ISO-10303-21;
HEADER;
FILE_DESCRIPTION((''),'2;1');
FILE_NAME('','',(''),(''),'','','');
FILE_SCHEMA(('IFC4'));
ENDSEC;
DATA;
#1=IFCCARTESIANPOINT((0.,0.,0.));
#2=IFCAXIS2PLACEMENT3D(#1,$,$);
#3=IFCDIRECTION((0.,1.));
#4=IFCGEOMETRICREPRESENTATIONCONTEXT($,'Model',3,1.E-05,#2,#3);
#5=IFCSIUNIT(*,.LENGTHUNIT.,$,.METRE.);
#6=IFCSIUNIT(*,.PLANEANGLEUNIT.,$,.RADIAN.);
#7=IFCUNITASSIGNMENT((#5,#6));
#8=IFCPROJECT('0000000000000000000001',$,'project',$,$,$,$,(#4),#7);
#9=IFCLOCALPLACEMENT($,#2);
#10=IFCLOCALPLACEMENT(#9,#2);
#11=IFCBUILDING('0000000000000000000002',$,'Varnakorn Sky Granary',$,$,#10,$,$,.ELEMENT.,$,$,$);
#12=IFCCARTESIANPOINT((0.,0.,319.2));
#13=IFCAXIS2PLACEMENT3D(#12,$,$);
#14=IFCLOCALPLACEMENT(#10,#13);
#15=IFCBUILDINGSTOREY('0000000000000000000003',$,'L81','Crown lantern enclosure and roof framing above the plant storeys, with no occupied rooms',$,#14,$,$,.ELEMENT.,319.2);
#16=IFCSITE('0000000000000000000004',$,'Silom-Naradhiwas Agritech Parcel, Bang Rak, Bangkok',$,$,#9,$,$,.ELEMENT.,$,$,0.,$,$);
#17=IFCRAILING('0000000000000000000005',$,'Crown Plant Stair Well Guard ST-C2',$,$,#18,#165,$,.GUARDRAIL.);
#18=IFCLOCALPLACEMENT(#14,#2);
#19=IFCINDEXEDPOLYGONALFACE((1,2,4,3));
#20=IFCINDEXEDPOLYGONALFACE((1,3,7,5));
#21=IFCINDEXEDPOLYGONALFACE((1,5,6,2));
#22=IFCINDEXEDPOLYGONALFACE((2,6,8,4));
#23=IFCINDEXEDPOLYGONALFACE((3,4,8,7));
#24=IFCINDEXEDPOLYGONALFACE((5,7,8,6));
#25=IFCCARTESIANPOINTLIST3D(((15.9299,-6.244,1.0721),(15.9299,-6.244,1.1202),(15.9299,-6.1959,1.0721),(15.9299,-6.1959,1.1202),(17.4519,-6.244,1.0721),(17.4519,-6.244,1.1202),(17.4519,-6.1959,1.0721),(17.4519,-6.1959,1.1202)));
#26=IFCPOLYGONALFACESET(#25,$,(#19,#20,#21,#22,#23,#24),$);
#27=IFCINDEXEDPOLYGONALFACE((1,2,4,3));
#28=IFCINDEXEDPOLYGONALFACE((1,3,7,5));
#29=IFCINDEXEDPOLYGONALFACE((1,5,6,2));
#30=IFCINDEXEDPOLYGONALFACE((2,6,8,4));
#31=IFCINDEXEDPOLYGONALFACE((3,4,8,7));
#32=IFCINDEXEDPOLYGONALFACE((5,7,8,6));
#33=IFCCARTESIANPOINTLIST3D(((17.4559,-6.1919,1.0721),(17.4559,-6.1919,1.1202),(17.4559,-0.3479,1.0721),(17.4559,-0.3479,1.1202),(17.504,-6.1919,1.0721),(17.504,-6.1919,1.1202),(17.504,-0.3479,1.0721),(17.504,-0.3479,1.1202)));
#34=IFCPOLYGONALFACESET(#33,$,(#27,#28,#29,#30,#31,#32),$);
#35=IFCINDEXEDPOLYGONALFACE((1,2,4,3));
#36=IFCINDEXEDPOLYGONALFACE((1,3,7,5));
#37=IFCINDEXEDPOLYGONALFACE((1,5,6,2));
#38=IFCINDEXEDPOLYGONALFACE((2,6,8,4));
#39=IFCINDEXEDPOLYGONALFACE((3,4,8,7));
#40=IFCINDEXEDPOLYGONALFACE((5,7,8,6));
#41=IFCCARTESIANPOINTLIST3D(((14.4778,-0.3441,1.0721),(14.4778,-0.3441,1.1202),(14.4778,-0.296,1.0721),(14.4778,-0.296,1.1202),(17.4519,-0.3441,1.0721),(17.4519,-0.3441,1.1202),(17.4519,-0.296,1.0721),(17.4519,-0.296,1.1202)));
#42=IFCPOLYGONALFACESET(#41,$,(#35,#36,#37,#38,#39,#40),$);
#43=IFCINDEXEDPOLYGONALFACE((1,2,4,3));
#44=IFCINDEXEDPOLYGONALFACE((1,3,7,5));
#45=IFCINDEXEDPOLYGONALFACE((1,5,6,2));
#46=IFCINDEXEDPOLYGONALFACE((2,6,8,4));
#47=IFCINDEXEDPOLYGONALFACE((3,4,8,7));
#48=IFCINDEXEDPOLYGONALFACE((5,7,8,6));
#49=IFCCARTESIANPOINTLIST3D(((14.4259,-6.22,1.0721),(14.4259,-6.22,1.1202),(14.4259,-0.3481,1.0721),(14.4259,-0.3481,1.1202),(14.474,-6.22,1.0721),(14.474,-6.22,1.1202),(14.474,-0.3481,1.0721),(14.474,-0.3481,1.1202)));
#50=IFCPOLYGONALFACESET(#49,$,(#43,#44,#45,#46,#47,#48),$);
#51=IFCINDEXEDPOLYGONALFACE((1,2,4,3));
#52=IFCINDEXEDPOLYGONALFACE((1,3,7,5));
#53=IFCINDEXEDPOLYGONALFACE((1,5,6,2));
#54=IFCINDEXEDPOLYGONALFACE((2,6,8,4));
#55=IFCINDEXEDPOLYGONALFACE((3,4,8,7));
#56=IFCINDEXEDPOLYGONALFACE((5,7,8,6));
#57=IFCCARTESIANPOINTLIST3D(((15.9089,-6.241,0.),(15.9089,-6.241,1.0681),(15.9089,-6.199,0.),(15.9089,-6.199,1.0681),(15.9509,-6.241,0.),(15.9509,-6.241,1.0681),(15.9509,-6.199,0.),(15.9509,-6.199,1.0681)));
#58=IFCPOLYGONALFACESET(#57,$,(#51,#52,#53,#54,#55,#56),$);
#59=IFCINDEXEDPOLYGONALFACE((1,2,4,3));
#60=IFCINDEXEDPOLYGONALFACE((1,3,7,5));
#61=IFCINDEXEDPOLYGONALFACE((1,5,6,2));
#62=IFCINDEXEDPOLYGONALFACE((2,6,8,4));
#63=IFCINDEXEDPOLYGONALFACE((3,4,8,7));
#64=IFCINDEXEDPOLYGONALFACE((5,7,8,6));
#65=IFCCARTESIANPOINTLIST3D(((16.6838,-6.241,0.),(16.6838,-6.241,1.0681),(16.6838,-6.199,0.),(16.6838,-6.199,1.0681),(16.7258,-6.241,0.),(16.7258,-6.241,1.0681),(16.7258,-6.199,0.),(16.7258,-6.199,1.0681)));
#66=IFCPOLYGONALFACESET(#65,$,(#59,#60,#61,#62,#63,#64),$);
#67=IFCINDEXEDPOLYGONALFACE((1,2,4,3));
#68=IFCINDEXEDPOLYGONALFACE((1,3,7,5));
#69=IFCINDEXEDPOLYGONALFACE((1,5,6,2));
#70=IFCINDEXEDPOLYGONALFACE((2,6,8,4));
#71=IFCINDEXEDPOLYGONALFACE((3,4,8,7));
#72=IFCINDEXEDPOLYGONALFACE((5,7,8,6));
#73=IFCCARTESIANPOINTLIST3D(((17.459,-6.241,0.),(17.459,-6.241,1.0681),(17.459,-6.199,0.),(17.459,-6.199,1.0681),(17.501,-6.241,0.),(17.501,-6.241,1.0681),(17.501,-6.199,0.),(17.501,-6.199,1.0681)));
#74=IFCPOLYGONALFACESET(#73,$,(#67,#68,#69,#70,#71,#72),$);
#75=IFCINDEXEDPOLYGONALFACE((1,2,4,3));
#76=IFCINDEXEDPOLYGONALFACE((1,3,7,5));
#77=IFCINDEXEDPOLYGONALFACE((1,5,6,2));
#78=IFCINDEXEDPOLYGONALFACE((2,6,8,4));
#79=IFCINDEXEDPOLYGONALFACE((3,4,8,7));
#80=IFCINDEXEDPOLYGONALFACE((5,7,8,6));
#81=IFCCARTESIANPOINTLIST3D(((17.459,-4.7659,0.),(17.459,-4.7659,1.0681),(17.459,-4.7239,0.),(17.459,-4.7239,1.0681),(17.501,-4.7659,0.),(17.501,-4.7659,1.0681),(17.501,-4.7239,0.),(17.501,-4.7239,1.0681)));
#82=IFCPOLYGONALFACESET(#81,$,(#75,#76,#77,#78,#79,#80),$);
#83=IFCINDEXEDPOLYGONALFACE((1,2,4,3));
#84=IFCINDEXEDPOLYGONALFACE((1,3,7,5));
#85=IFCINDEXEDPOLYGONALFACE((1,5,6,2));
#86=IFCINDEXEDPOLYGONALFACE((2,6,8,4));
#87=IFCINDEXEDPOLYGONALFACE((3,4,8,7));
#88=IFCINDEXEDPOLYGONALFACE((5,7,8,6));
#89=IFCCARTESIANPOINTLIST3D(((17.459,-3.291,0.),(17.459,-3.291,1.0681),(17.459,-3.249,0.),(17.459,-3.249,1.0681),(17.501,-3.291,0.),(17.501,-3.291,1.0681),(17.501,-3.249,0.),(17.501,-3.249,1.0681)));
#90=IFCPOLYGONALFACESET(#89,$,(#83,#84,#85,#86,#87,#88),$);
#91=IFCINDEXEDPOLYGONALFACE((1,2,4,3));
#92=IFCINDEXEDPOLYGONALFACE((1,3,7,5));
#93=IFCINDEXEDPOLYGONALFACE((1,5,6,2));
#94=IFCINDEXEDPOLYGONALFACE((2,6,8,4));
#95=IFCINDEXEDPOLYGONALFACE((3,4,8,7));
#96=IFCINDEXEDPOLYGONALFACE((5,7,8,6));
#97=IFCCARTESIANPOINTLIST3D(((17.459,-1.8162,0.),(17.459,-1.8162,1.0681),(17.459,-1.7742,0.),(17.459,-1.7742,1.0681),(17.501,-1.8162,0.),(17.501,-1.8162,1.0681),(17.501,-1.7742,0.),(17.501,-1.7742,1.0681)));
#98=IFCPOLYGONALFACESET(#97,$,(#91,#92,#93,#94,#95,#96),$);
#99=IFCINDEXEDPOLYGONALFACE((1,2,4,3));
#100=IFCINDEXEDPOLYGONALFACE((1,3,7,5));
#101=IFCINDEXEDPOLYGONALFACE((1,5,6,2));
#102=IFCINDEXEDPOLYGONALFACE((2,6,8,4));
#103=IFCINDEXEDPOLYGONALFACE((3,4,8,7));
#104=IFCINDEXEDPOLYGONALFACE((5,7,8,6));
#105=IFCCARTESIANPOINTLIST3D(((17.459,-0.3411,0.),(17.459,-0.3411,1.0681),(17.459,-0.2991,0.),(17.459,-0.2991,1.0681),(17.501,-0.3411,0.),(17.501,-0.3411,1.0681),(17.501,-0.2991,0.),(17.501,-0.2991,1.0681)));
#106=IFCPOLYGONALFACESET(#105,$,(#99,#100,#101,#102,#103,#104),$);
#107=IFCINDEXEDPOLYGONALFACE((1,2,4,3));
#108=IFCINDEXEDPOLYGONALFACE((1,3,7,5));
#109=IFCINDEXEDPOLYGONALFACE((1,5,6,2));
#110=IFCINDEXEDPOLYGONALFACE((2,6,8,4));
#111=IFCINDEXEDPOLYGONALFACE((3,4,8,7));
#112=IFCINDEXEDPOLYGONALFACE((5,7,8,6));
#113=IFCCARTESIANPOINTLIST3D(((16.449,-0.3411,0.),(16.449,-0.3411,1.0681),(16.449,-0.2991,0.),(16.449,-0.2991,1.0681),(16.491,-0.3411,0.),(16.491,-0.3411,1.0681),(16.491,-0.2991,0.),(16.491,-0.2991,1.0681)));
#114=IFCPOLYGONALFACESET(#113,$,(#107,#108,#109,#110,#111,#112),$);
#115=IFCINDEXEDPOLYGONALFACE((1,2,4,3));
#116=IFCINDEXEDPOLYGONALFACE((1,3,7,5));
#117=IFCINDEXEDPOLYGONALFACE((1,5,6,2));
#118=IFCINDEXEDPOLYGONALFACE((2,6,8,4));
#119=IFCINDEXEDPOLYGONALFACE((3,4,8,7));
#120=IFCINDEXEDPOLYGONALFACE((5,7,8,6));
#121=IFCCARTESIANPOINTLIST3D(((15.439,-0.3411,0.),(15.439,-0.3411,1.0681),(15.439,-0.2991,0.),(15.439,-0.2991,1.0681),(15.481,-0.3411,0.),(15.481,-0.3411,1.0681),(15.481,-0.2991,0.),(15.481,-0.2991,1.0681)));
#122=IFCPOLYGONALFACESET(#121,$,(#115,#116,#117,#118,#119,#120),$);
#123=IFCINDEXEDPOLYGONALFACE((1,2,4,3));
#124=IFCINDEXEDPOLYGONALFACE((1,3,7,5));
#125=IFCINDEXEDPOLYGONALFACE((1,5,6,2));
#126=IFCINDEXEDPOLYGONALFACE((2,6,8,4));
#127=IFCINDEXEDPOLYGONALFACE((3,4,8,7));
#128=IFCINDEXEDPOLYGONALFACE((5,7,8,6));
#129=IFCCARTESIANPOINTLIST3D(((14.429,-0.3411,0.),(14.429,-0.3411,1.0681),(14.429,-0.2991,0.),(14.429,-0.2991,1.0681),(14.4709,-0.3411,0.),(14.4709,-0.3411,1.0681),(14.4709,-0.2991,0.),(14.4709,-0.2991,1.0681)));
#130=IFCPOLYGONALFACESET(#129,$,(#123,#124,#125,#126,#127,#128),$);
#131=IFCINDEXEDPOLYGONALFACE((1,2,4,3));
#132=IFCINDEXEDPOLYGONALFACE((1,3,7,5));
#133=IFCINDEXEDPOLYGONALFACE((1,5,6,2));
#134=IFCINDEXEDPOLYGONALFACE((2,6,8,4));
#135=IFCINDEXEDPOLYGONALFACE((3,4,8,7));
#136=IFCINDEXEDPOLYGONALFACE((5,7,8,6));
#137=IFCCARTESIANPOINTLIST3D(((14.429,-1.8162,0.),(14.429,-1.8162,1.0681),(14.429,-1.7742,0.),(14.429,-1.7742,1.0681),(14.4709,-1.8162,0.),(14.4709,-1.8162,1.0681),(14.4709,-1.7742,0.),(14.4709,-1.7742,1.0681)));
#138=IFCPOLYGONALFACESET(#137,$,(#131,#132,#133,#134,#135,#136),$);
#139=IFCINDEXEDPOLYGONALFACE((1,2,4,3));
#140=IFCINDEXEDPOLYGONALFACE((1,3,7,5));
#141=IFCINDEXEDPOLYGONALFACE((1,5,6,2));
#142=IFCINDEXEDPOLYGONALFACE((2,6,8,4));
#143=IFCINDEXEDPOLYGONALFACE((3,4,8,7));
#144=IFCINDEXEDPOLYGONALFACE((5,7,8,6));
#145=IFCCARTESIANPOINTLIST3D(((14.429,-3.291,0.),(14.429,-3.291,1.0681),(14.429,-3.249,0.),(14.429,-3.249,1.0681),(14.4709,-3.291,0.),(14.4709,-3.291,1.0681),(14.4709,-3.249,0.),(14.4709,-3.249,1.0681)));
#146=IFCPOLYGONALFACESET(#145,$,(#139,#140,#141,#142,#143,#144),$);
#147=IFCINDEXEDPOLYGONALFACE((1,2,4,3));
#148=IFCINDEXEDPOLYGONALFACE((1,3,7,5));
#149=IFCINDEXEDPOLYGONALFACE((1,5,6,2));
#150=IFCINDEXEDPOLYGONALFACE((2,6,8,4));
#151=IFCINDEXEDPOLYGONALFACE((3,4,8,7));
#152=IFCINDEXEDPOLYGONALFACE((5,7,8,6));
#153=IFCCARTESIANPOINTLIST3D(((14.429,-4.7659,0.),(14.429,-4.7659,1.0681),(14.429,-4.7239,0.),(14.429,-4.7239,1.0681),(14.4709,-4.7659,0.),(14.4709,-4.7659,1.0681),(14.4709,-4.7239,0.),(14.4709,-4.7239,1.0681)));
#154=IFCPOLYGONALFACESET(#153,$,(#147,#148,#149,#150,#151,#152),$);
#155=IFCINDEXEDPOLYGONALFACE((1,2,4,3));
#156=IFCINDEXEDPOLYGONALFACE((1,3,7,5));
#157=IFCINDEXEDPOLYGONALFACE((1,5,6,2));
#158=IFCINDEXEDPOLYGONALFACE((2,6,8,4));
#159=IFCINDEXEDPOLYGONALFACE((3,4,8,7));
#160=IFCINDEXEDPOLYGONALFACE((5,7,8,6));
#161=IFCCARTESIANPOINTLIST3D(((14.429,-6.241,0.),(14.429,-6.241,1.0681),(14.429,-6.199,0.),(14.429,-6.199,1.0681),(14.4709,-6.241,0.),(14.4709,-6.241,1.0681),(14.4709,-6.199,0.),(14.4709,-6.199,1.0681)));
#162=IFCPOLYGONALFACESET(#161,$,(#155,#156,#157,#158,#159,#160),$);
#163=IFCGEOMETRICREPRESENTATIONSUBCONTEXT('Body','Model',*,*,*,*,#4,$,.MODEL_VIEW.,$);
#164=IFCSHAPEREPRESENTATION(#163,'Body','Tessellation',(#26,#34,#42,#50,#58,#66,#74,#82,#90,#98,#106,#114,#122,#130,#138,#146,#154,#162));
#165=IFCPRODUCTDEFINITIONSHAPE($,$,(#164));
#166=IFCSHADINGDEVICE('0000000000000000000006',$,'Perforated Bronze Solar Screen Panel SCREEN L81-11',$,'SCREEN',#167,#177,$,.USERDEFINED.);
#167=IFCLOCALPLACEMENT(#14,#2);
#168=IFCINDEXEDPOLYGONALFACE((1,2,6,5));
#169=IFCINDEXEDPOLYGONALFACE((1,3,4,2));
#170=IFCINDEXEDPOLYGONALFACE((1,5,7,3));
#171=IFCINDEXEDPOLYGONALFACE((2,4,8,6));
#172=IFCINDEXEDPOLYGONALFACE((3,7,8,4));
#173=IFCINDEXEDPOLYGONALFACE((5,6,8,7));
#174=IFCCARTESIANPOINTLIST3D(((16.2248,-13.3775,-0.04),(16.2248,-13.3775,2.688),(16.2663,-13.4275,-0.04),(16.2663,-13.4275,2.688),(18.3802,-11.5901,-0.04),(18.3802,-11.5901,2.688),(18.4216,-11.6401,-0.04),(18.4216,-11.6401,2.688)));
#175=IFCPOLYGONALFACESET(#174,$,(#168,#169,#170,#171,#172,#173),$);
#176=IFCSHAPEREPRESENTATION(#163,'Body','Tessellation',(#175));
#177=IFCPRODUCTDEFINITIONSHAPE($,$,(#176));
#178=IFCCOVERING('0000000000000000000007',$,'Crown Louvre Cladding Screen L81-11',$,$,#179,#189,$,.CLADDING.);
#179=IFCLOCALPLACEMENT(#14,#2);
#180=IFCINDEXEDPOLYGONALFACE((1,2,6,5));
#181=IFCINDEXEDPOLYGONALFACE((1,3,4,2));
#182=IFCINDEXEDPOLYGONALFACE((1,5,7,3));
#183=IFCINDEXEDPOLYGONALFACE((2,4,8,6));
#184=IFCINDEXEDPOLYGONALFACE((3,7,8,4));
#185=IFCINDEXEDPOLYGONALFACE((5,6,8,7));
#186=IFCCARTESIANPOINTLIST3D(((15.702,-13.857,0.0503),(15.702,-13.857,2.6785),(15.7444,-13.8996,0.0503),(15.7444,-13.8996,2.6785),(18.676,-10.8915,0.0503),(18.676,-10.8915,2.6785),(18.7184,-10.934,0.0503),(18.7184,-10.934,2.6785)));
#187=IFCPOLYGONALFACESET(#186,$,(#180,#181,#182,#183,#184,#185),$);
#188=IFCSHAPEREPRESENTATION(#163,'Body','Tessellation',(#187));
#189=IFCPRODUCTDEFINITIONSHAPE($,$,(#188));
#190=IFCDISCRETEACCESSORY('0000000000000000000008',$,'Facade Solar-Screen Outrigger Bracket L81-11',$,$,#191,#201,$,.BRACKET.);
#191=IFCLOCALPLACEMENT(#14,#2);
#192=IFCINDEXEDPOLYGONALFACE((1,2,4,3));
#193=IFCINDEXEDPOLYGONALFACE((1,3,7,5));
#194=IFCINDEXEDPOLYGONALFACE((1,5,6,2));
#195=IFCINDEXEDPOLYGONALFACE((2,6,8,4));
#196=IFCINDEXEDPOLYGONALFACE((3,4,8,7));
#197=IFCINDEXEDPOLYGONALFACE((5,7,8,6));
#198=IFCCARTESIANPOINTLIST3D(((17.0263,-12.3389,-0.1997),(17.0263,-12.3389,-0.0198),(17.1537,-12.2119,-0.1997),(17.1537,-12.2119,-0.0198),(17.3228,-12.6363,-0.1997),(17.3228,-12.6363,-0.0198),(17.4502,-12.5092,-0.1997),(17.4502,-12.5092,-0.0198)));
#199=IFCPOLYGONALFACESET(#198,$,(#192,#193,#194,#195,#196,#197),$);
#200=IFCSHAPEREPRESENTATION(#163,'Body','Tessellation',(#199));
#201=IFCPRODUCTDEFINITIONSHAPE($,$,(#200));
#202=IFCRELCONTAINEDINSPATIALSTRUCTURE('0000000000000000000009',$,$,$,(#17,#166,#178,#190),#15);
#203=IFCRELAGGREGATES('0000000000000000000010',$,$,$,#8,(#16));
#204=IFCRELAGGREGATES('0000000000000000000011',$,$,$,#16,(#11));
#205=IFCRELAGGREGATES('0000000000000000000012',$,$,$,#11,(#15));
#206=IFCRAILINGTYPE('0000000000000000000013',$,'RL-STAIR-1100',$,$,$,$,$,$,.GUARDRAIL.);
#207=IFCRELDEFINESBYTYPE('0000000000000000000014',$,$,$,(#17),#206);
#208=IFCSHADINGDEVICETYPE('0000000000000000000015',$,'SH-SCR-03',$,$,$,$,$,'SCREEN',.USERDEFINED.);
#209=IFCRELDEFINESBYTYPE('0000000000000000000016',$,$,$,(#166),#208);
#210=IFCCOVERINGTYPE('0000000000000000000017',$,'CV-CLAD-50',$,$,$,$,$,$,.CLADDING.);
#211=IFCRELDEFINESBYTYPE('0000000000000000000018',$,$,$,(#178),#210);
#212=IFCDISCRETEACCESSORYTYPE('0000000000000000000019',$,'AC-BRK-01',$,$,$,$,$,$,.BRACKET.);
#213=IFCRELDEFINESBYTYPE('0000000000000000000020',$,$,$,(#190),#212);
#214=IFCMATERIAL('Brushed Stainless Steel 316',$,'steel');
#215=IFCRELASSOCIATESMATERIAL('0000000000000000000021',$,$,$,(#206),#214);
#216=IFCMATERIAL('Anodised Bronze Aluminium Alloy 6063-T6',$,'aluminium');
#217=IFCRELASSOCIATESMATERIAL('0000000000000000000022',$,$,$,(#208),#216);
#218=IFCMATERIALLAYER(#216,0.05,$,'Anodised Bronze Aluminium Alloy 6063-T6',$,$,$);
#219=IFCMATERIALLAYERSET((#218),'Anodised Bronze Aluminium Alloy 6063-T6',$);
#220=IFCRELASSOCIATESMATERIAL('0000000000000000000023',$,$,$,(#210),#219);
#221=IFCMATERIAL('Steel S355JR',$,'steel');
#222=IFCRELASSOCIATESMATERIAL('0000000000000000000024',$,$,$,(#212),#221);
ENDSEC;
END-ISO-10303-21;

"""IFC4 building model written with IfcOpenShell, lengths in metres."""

from ifc_helpers import new_model, si_unit, direction, frame, origin, origin_2d, place, context, subcontext, project, spatial, rectangle, extrude, source, transform, mapped, material, layer, layer_set, type_object, type_shapes, element, save


model = new_model("IFC4")

# Units and contexts
model_context = context("Model", 3, precision=1e-05, world=origin(), true_north=direction((0.0, 1.0)))
body_context = subcontext(model_context, "Body", "Model", "MODEL_VIEW")
ifc_project = project(units=[si_unit("LENGTHUNIT", "METRE"), si_unit("PLANEANGLEUNIT", "RADIAN")], contexts=[model_context])

# Site, building, storey
site_placement = place(None, origin())
site = spatial("IfcSite", under=ifc_project, at=site_placement, Name="Silom-Naradhiwas Agritech Parcel, Bang Rak, Bangkok", CompositionType="ELEMENT", RefElevation=0.0)
building_placement = place(site_placement, origin())
building = spatial("IfcBuilding", under=site, at=building_placement, Name="Varnakorn Sky Granary", CompositionType="ELEMENT")
storey_placement = place(building_placement, frame((0.0, 0.0, 319.2)))
storey = spatial("IfcBuildingStorey", under=building, at=storey_placement, Name="L81", Description="Crown lantern enclosure and roof framing above the plant storeys, with no occupied rooms", CompositionType="ELEMENT", Elevation=319.2)

# Shared definitions
ifc_material_1 = material(Name="Steel S355JR", Category="steel")

# Shared definitions
ifc_material_2 = material(Name="Anodised Bronze Aluminium Alloy 6063-T6", Category="aluminium")

# Railing
ifc_material_3 = material(Name="Brushed Stainless Steel 316", Category="steel")
railing_type = type_object("IfcRailingType", Name="RL-STAIR-1100", PredefinedType="GUARDRAIL", material=ifc_material_3)
railing_1_placement = place(storey_placement, frame((15.9299, -6.22, 0.0)))
element("IfcRailing", 1, at=railing_1_placement, inside=storey, type_object=railing_type, Name="Crown Plant Stair Well Guard ST-C2", PredefinedType="GUARDRAIL", context=body_context, shape_type="SweptSolid", body=[
    extrude(rectangle(XDim=0.0481, YDim=0.0481, at=origin_2d()), frame((0.0, 0.0, 1.0962), z_axis=(1.0, 0.0, 0.0), x_axis=(0.0, 1.0, 0.0)), (0.0, 0.0, 1.0), 1.522),
    extrude(rectangle(XDim=0.0481, YDim=0.0481, at=origin_2d()), frame((1.55, 0.0281, 1.0962), z_axis=(0.0, 1.0, 0.0), x_axis=(-1.0, 0.0, 0.0)), (0.0, 0.0, 1.0), 5.844),
    extrude(rectangle(XDim=0.0481, YDim=0.0481, at=origin_2d()), frame((1.522, 5.8999, 1.0962), z_axis=(-1.0, 0.0, 0.0), x_axis=(0.0, -1.0, 0.0)), (0.0, 0.0, 1.0), 2.9741),
    extrude(rectangle(XDim=0.0481, YDim=0.0481, at=origin_2d()), frame((-1.48, 5.8718, 1.0962), z_axis=(0.0, -1.0, 0.0), x_axis=(1.0, 0.0, 0.0)), (0.0, 0.0, 1.0), 5.8718),
    extrude(rectangle(XDim=0.042, YDim=0.042, at=origin_2d()), origin(), (0.0, 0.0, 1.0), 1.0681),
    extrude(rectangle(XDim=0.042, YDim=0.042, at=origin_2d()), frame((0.7749, 0.0, 0.0)), (0.0, 0.0, 1.0), 1.0681),
    extrude(rectangle(XDim=0.042, YDim=0.042, at=origin_2d()), frame((1.55, 0.0, 0.0)), (0.0, 0.0, 1.0), 1.0681),
    extrude(rectangle(XDim=0.042, YDim=0.042, at=origin_2d()), frame((1.55, 1.4751, 0.0)), (0.0, 0.0, 1.0), 1.0681),
    extrude(rectangle(XDim=0.042, YDim=0.042, at=origin_2d()), frame((1.55, 2.95, 0.0)), (0.0, 0.0, 1.0), 1.0681),
    extrude(rectangle(XDim=0.042, YDim=0.042, at=origin_2d()), frame((1.55, 4.4248, 0.0)), (0.0, 0.0, 1.0), 1.0681),
    extrude(rectangle(XDim=0.042, YDim=0.042, at=origin_2d()), frame((1.55, 5.8999, 0.0)), (0.0, 0.0, 1.0), 1.0681),
    extrude(rectangle(XDim=0.042, YDim=0.042, at=origin_2d()), frame((0.54, 5.8999, 0.0)), (0.0, 0.0, 1.0), 1.0681),
    extrude(rectangle(XDim=0.042, YDim=0.042, at=origin_2d()), frame((-0.47, 5.8999, 0.0)), (0.0, 0.0, 1.0), 1.0681),
    extrude(rectangle(XDim=0.042, YDim=0.042, at=origin_2d()), frame((-1.48, 5.8999, 0.0)), (0.0, 0.0, 1.0), 1.0681),
    extrude(rectangle(XDim=0.042, YDim=0.042, at=origin_2d()), frame((-1.48, 4.4248, 0.0)), (0.0, 0.0, 1.0), 1.0681),
    extrude(rectangle(XDim=0.042, YDim=0.042, at=origin_2d()), frame((-1.48, 2.95, 0.0)), (0.0, 0.0, 1.0), 1.0681),
    extrude(rectangle(XDim=0.042, YDim=0.042, at=origin_2d()), frame((-1.48, 1.4751, 0.0)), (0.0, 0.0, 1.0), 1.0681),
    extrude(rectangle(XDim=0.042, YDim=0.042, at=origin_2d()), frame((-1.48, 0.0, 0.0)), (0.0, 0.0, 1.0), 1.0681),
])

# Shading device
shading_device_type = type_object("IfcShadingDeviceType", Name="SH-SCR-03", ElementType="SCREEN", PredefinedType="USERDEFINED", material=ifc_material_2)
shared_shape_1 = source(origin(), body_context, "Body", "SweptSolid", [
    extrude(rectangle(XDim=2.8, YDim=0.0649, at=origin_2d()), origin(), (0.0, 0.0, 1.0), 2.728),
])
type_shapes(shading_device_type, [shared_shape_1])
shading_device_placement = place(storey_placement, frame((17.3232, -12.5088, -0.04), z_axis=(0.0, 0.0, 1.0), x_axis=(0.769757, 0.638337, 0.0)))
element("IfcShadingDevice", 2, at=shading_device_placement, inside=storey, type_object=shading_device_type, Name="Perforated Bronze Solar Screen Panel SCREEN L81-11", ObjectType="SCREEN", PredefinedType="USERDEFINED", context=body_context, shape_type="MappedRepresentation", body=[
    mapped(shared_shape_1, transform((0.0, 0.0, 0.0), x_axis=(1.0, 0.0, 0.0), y_axis=(0.0, 1.0, 0.0), z_axis=(0.0, 0.0, 1.0), scale=1.0)),
])

# Covering
ifc_layer_1 = layer(ifc_material_2, 0.05, Name="Anodised Bronze Aluminium Alloy 6063-T6")
ifc_layer_set_1 = layer_set([ifc_layer_1], Name="Anodised Bronze Aluminium Alloy 6063-T6")
covering_type = type_object("IfcCoveringType", Name="CV-CLAD-50", PredefinedType="CLADDING", material=ifc_layer_set_1)
shared_shape_2 = source(origin(), body_context, "Body", "SweptSolid", [
    extrude(rectangle(XDim=4.2, YDim=0.0601, at=origin_2d()), origin(), (0.0, 0.0, 1.0), 2.6282),
])
type_shapes(covering_type, [shared_shape_2])
covering_placement = place(storey_placement, frame((17.2102, -12.3955, 0.0503), z_axis=(0.0, 0.0, 1.0), x_axis=(0.708119, 0.706093, 0.0)))
element("IfcCovering", 3, at=covering_placement, inside=storey, type_object=covering_type, Name="Crown Louvre Cladding Screen L81-11", PredefinedType="CLADDING", context=body_context, shape_type="MappedRepresentation", body=[
    mapped(shared_shape_2, transform((0.0, 0.0, 0.0), x_axis=(1.0, 0.0, 0.0), y_axis=(0.0, 1.0, 0.0), z_axis=(0.0, 0.0, 1.0), scale=1.0)),
])

# Discrete accessory
discrete_accessory_type = type_object("IfcDiscreteAccessoryType", Name="AC-BRK-01", PredefinedType="BRACKET", material=ifc_material_1)
shared_shape_3 = source(origin(), body_context, "Body", "SweptSolid", [
    extrude(rectangle(XDim=0.1799, YDim=0.4199, at=origin_2d()), origin(), (0.0, 0.0, 1.0), 0.1799),
])
type_shapes(discrete_accessory_type, [shared_shape_3])
discrete_accessory_placement = place(storey_placement, frame((17.2383, -12.4241, -0.1997), z_axis=(0.0, 0.0, 1.0), x_axis=(0.708119, 0.706093, 0.0)))
element("IfcDiscreteAccessory", 4, at=discrete_accessory_placement, inside=storey, type_object=discrete_accessory_type, Name="Facade Solar-Screen Outrigger Bracket L81-11", PredefinedType="BRACKET", context=body_context, shape_type="MappedRepresentation", body=[
    mapped(shared_shape_3, transform((0.0, 0.0, 0.0), x_axis=(1.0, 0.0, 0.0), y_axis=(0.0, 1.0, 0.0), z_axis=(0.0, 0.0, 1.0), scale=1.0)),
])

save(model, "model.ifc")
